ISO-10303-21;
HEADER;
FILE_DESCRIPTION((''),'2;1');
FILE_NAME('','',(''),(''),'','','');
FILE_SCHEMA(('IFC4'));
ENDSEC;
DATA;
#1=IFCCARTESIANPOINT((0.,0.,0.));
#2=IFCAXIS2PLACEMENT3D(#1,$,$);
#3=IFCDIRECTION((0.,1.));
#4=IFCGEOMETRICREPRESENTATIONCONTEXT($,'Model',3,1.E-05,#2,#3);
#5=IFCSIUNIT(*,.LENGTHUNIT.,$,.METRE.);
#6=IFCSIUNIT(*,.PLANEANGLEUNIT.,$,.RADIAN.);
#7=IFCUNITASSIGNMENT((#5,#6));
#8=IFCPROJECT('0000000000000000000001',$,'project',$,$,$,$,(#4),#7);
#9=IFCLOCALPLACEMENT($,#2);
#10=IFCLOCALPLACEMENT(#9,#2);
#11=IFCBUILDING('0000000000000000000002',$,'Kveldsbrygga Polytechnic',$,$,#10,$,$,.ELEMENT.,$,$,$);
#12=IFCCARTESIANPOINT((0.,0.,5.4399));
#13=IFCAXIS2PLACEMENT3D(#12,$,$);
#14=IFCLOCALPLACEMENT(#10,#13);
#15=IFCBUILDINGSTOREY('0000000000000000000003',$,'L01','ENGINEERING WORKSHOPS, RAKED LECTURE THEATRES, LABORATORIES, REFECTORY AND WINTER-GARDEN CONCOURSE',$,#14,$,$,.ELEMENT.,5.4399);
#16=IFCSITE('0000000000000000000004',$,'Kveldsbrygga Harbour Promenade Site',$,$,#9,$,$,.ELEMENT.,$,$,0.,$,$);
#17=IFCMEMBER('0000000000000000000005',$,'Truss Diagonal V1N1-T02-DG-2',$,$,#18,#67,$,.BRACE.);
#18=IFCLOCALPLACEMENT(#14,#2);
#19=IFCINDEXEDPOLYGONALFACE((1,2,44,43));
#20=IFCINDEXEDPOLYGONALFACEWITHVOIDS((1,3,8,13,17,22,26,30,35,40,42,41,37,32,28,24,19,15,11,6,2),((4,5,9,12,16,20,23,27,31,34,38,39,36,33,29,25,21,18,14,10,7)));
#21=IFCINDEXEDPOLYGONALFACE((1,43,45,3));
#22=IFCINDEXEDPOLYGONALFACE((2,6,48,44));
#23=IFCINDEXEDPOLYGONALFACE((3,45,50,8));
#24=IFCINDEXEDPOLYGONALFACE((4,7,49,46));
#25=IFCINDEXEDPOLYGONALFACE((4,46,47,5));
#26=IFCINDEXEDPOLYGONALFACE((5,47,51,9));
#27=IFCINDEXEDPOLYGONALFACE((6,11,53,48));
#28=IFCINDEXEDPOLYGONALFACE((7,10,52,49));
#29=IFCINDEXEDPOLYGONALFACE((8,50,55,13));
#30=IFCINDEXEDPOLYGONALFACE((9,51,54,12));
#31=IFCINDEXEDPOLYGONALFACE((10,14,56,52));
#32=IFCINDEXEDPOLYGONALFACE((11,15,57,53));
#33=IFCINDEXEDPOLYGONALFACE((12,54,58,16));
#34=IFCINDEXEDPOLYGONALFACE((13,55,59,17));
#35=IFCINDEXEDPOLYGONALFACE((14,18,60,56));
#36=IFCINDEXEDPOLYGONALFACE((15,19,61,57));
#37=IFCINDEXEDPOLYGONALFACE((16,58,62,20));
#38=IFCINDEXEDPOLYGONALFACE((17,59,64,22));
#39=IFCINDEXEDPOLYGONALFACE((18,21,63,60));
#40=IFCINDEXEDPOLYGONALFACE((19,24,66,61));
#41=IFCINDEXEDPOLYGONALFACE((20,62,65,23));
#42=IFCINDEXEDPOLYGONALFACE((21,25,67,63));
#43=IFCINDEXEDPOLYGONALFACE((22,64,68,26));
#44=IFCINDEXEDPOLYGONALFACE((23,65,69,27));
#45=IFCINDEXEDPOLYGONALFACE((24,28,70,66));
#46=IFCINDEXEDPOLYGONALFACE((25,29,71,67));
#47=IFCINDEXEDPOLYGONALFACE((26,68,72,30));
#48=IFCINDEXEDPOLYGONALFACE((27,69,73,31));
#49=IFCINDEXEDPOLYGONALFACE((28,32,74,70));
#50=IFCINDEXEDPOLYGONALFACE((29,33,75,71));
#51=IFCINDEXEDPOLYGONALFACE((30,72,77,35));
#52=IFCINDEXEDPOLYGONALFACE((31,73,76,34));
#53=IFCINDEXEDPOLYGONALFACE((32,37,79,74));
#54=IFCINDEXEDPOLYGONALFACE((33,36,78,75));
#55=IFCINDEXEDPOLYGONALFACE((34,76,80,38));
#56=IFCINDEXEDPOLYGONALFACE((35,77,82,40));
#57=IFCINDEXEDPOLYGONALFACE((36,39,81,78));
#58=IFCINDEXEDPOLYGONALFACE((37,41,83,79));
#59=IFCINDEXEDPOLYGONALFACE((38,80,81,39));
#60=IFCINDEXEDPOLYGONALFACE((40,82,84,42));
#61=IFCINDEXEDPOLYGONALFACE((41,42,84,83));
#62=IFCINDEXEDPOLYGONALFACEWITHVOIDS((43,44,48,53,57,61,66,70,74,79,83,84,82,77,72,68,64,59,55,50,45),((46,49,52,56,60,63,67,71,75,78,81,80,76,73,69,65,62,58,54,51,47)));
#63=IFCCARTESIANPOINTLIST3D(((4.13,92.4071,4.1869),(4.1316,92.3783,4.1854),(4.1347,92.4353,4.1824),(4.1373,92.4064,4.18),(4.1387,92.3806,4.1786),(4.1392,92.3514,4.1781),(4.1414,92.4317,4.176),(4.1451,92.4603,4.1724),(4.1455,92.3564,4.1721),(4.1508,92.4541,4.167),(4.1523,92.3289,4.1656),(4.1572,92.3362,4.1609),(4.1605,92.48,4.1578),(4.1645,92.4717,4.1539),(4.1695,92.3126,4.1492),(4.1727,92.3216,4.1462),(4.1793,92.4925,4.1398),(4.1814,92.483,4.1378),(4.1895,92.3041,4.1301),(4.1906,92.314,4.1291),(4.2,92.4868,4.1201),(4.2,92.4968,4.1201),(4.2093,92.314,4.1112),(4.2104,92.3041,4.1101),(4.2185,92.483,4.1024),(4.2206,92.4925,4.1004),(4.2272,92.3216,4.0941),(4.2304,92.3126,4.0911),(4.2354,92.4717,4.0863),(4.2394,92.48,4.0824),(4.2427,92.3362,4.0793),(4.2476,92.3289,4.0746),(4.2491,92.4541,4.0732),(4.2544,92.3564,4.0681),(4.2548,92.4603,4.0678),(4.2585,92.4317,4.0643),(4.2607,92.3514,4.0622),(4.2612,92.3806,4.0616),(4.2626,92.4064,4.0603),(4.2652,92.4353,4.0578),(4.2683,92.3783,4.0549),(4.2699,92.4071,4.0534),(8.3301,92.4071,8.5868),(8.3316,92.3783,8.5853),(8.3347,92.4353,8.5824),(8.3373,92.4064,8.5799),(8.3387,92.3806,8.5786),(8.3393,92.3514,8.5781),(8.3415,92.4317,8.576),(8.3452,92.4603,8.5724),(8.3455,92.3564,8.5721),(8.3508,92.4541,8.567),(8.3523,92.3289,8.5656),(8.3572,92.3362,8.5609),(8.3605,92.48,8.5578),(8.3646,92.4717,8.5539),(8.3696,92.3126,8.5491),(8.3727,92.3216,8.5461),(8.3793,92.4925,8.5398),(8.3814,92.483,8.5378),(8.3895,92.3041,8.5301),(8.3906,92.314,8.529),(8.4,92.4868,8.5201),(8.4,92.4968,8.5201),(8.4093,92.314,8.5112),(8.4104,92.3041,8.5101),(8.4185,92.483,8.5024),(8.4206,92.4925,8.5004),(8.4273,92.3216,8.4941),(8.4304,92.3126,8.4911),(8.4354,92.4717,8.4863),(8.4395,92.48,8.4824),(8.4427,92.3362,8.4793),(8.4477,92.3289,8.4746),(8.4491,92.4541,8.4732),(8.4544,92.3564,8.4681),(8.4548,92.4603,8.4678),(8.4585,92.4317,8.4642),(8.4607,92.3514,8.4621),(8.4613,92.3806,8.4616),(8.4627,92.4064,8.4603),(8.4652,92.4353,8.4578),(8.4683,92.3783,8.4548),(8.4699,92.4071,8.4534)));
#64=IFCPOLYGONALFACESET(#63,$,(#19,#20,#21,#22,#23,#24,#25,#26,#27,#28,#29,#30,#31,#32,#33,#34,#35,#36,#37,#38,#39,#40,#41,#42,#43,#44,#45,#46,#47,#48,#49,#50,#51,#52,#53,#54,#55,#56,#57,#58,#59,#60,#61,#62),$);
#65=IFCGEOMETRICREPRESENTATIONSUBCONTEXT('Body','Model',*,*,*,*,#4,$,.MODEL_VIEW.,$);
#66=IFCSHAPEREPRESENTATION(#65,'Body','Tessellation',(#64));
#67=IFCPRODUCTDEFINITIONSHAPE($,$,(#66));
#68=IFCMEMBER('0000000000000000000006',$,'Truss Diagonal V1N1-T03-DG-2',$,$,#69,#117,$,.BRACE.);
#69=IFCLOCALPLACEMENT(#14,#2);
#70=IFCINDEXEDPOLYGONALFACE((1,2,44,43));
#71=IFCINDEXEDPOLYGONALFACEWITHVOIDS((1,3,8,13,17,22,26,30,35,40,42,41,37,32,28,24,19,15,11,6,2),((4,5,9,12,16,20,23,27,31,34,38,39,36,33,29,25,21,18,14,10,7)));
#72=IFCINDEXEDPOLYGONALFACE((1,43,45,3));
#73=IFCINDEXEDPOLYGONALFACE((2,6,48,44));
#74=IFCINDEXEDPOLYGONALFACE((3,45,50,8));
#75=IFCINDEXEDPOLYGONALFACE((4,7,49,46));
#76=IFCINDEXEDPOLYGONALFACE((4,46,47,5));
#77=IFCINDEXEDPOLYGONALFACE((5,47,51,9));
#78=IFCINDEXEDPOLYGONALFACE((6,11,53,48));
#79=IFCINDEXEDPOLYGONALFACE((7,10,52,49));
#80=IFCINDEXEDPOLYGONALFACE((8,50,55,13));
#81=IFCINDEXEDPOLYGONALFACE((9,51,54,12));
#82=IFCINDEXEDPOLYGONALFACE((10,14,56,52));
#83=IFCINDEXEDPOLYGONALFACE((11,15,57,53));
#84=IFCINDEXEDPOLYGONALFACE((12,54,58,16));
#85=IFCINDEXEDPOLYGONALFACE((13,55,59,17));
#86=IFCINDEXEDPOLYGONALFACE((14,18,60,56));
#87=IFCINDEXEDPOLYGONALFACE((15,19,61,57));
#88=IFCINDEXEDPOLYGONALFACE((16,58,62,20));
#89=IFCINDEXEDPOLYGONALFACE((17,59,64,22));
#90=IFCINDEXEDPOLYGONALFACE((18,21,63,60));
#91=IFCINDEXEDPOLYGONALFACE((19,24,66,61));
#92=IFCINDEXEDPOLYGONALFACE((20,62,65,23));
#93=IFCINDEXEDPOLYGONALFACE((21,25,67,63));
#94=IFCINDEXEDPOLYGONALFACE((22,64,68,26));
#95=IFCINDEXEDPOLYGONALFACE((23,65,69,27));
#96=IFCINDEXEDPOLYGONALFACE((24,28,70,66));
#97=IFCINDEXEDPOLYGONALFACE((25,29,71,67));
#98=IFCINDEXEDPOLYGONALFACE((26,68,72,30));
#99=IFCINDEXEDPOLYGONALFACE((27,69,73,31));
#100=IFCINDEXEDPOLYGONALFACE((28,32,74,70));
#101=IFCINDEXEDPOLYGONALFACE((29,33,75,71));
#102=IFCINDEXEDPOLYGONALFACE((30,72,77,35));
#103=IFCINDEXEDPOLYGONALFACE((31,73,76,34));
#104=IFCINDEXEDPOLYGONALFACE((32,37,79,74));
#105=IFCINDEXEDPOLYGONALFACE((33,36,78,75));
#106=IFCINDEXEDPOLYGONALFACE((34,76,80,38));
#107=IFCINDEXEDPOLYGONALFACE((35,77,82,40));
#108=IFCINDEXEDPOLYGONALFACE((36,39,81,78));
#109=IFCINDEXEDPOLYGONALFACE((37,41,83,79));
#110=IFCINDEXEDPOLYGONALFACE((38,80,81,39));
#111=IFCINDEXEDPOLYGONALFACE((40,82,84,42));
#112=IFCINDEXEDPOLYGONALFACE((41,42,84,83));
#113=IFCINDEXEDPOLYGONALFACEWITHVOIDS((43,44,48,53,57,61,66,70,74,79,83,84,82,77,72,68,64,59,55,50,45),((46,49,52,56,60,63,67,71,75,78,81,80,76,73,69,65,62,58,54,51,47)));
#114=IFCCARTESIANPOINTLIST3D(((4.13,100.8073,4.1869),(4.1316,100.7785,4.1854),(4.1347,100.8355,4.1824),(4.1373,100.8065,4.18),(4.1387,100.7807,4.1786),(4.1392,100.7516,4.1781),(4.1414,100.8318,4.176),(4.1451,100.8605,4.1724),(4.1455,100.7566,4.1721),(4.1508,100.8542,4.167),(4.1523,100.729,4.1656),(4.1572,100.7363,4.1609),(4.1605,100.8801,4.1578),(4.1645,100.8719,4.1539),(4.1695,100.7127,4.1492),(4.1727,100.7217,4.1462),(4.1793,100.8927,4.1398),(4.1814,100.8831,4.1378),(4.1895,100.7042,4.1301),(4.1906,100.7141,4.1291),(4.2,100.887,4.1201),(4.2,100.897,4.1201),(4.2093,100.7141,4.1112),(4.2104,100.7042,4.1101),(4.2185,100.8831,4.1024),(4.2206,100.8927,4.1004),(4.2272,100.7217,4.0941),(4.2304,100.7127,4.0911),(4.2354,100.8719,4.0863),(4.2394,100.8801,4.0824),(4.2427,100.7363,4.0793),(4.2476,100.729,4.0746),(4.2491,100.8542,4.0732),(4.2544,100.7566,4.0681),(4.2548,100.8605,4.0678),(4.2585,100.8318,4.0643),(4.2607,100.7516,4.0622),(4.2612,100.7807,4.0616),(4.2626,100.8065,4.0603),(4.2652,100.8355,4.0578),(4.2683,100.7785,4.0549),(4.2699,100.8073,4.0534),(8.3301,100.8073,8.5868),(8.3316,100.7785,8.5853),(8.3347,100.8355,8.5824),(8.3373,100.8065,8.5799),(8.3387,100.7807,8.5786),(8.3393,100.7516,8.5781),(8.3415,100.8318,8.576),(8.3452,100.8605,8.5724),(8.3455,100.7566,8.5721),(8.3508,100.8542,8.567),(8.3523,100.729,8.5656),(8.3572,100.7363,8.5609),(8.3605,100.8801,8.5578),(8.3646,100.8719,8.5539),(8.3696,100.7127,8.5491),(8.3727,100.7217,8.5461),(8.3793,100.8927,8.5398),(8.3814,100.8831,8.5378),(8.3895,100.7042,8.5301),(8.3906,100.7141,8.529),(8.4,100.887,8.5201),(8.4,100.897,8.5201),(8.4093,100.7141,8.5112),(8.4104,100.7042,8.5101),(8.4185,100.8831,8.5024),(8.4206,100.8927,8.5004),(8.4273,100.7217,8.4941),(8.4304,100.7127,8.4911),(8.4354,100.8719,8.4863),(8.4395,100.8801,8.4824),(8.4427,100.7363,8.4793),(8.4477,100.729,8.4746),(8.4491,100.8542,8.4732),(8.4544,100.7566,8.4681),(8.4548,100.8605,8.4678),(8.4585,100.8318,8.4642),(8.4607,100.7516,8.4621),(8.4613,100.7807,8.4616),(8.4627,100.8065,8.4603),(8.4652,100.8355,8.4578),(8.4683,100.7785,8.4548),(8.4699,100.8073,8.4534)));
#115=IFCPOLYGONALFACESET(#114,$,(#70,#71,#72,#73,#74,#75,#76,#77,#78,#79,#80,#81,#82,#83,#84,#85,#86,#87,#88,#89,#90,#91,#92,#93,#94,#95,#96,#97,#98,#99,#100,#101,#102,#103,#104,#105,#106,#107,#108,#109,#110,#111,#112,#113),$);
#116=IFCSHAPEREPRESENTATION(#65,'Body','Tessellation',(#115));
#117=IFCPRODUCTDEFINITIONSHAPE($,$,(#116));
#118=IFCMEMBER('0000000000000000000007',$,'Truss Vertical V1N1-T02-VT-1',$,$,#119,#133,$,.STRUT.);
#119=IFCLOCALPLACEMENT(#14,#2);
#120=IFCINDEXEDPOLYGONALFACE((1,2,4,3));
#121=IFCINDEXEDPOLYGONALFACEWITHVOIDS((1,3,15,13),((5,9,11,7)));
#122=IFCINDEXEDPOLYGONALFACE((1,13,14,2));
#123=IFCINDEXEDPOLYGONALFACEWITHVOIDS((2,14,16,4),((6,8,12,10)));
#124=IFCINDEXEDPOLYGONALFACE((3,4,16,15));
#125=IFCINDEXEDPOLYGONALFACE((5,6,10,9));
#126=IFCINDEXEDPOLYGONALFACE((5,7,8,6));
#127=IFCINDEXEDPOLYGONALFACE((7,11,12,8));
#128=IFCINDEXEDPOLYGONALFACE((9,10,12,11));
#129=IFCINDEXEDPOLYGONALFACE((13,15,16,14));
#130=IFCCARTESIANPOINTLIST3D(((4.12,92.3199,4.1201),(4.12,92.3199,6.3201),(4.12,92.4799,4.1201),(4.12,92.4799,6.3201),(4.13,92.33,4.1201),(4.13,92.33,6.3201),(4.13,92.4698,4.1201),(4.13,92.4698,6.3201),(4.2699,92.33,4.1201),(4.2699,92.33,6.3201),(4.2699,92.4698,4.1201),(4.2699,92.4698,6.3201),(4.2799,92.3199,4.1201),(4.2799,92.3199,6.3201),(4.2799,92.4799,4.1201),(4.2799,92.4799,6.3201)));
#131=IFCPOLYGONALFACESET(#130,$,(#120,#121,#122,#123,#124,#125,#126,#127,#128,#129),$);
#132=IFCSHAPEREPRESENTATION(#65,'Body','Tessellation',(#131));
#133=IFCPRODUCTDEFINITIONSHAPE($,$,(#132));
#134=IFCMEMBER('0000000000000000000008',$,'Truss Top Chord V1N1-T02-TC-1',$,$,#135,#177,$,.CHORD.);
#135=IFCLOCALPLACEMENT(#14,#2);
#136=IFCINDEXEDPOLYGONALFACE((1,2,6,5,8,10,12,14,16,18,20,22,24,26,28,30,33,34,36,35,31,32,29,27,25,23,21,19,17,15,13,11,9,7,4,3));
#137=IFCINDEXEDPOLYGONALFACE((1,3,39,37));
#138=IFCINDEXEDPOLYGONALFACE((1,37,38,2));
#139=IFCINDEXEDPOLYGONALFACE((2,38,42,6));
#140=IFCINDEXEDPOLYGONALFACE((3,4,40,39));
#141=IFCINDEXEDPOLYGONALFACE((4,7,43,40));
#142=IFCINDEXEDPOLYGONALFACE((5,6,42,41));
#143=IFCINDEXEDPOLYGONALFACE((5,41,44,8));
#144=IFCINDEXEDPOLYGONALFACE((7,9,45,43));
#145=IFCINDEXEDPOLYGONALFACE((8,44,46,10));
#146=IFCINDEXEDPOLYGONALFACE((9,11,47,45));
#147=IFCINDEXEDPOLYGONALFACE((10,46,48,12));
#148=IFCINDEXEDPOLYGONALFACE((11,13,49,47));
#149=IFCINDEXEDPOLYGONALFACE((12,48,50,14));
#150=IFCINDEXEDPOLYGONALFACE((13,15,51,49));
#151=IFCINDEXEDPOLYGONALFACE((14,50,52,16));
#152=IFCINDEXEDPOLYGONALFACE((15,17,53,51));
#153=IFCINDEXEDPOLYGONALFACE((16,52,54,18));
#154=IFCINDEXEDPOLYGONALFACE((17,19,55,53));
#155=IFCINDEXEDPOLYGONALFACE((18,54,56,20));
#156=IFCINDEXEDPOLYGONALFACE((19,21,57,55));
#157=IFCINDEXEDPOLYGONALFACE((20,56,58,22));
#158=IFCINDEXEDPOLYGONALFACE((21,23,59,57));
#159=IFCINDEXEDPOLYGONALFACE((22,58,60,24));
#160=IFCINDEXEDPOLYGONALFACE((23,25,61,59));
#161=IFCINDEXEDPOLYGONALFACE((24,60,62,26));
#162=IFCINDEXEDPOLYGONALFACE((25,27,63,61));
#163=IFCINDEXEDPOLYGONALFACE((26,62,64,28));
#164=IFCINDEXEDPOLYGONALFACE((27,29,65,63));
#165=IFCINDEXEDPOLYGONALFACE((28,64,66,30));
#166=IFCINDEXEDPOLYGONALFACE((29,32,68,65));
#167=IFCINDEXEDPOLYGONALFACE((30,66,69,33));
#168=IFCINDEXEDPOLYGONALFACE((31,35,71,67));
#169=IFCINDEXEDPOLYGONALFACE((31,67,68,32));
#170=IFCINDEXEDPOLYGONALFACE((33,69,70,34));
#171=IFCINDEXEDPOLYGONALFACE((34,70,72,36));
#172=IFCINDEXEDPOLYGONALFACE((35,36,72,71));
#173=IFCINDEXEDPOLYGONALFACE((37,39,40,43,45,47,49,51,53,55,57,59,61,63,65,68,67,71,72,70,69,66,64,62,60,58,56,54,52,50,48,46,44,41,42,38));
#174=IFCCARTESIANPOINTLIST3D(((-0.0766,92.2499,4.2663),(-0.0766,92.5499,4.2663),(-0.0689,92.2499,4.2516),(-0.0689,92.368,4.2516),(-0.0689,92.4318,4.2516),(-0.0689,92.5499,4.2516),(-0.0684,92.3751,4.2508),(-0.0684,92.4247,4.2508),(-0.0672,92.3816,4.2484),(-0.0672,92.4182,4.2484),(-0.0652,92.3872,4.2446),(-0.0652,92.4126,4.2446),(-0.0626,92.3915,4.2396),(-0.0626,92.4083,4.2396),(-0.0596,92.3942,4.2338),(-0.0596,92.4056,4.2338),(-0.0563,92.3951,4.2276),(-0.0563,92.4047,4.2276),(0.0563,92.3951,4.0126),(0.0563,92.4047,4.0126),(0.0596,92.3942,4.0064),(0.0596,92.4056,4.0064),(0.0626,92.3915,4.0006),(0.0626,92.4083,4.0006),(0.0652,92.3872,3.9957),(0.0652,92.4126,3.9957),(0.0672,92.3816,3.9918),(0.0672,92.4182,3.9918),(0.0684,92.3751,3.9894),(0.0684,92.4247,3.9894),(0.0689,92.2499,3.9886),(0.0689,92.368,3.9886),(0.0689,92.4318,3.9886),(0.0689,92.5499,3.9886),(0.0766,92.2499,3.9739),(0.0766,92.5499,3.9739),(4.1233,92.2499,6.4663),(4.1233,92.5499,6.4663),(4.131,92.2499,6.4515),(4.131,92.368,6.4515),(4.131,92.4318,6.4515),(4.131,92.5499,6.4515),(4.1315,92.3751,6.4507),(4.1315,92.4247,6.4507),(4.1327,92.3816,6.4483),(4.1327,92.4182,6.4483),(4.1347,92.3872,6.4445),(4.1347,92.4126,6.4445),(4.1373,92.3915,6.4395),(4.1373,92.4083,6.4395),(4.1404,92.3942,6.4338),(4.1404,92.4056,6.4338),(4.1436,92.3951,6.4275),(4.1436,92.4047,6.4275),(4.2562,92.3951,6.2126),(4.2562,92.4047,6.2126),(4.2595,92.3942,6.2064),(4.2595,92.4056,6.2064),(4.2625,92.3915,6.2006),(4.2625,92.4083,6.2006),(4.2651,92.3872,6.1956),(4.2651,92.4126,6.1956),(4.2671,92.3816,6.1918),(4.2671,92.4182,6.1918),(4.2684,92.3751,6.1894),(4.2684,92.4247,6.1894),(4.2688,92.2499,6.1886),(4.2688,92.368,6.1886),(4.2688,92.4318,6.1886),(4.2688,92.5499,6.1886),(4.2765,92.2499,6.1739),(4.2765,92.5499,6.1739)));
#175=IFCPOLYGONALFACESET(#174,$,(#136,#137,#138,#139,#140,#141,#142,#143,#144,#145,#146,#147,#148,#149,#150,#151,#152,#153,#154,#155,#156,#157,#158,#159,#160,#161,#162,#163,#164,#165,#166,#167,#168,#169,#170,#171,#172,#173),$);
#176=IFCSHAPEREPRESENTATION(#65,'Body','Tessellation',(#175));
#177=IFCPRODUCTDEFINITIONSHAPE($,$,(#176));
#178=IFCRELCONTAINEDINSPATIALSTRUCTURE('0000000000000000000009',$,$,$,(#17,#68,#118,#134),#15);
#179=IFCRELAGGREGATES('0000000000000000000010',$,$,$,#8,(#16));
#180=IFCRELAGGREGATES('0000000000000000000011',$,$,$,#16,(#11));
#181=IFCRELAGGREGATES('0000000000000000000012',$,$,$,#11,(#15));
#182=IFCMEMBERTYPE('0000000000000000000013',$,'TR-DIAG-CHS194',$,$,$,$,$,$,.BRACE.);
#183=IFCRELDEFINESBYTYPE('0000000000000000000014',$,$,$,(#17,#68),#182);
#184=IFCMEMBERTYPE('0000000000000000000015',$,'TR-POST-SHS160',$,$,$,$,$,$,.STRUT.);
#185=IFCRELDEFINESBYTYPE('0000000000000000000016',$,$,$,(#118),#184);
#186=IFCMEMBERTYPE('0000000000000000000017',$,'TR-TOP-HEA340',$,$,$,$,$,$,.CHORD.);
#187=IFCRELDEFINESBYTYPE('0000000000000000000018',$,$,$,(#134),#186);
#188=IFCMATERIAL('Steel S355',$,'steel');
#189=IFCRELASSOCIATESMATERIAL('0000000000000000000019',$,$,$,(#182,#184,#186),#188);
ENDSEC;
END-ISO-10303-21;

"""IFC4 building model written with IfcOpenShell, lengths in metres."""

from ifc_helpers import new_model, si_unit, direction, frame, origin, origin_2d, place, context, subcontext, project, spatial, hollow_rectangle, hollow_circle, i_section, extrude, material, material_profile, profile_set, type_object, element, save


model = new_model("IFC4")

# Units and contexts
model_context = context("Model", 3, precision=1e-05, world=origin(), true_north=direction((0.0, 1.0)))
body_context = subcontext(model_context, "Body", "Model", "MODEL_VIEW")
ifc_project = project(units=[si_unit("LENGTHUNIT", "METRE"), si_unit("PLANEANGLEUNIT", "RADIAN")], contexts=[model_context])

# Site, building, storey
site_placement = place(None, origin())
site = spatial("IfcSite", under=ifc_project, at=site_placement, Name="Kveldsbrygga Harbour Promenade Site", CompositionType="ELEMENT", RefElevation=0.0)
building_placement = place(site_placement, origin())
building = spatial("IfcBuilding", under=site, at=building_placement, Name="Kveldsbrygga Polytechnic", CompositionType="ELEMENT")
storey_placement = place(building_placement, frame((0.0, 0.0, 5.4399)))
storey = spatial("IfcBuildingStorey", under=building, at=storey_placement, Name="L01", Description="ENGINEERING WORKSHOPS, RAKED LECTURE THEATRES, LABORATORIES, REFECTORY AND WINTER-GARDEN CONCOURSE", CompositionType="ELEMENT", Elevation=5.4399)

# Members
ifc_material_1 = material(Name="Steel S355", Category="steel")
ifc_material_profile_1 = material_profile(ifc_material_1, hollow_circle(Radius=0.0969, WallThickness=0.01, at=origin_2d()), Name="CHS 193.7x10.0")
ifc_profile_set_1 = profile_set([ifc_material_profile_1], Name="Steel S355")
member_type_1 = type_object("IfcMemberType", Name="TR-DIAG-CHS194", PredefinedType="BRACE", material=ifc_profile_set_1)
for number, where, z_axis, x_axis, name in (
    (1, (4.2, 92.3999, 4.1201), (0.69048, 0.0, 0.723352), (0.0, 1.0, 0.0), "Truss Diagonal V1N1-T02-DG-2"),
    (2, (4.2, 100.8, 4.1201), (0.69048, 0.0, 0.723352), (0.0, 1.0, 0.0), "Truss Diagonal V1N1-T03-DG-2"),
):
    element("IfcMember", number, at=place(storey_placement, frame(where, z_axis=z_axis, x_axis=x_axis)), inside=storey, type_object=member_type_1, Name=name, PredefinedType="BRACE", context=body_context, shape_type="SweptSolid", body=[
        extrude(hollow_circle(Radius=0.0969, WallThickness=0.01, at=origin_2d()), origin(), (0.0, 0.0, 1.0), 6.0828),
    ])
ifc_material_profile_2 = material_profile(ifc_material_1, hollow_rectangle(XDim=0.1599, YDim=0.1599, WallThickness=0.01, at=origin_2d()), Name="SHS 160x160x10.0")
ifc_profile_set_2 = profile_set([ifc_material_profile_2], Name="Steel S355")
member_type_2 = type_object("IfcMemberType", Name="TR-POST-SHS160", PredefinedType="STRUT", material=ifc_profile_set_2)
member_1_placement = place(storey_placement, frame((4.2, 92.3999, 4.1201), z_axis=(0.0, 0.0, 1.0), x_axis=(1.0, 0.0, 0.0)))
element("IfcMember", 3, at=member_1_placement, inside=storey, type_object=member_type_2, Name="Truss Vertical V1N1-T02-VT-1", PredefinedType="STRUT", context=body_context, shape_type="SweptSolid", body=[
    extrude(hollow_rectangle(XDim=0.1599, YDim=0.1599, WallThickness=0.01, at=origin_2d()), origin(), (0.0, 0.0, 1.0), 2.2),
])
ifc_material_profile_3 = material_profile(ifc_material_1, i_section(OverallWidth=0.3, OverallDepth=0.3301, WebThickness=0.0095, FlangeThickness=0.0166, FilletRadius=0.0271, at=origin_2d()), Name="HEA 340")
ifc_profile_set_3 = profile_set([ifc_material_profile_3], Name="Steel S355")
member_type_3 = type_object("IfcMemberType", Name="TR-TOP-HEA340", PredefinedType="CHORD", material=ifc_profile_set_3)
for number, where, z_axis, x_axis, name in (
    (4, (0.0, 92.3999, 4.1201), (0.885834, 0.0, 0.464003), (0.0, 1.0, 0.0), "Truss Top Chord V1N1-T02-TC-1"),
):
    element("IfcMember", number, at=place(storey_placement, frame(where, z_axis=z_axis, x_axis=x_axis)), inside=storey, type_object=member_type_3, Name=name, PredefinedType="CHORD", context=body_context, shape_type="SweptSolid", body=[
        extrude(i_section(OverallWidth=0.3, OverallDepth=0.3301, WebThickness=0.0095, FlangeThickness=0.0166, FilletRadius=0.0271, at=origin_2d()), origin(), (0.0, 0.0, 1.0), 4.7412),
    ])

save(model, "model.ifc")
